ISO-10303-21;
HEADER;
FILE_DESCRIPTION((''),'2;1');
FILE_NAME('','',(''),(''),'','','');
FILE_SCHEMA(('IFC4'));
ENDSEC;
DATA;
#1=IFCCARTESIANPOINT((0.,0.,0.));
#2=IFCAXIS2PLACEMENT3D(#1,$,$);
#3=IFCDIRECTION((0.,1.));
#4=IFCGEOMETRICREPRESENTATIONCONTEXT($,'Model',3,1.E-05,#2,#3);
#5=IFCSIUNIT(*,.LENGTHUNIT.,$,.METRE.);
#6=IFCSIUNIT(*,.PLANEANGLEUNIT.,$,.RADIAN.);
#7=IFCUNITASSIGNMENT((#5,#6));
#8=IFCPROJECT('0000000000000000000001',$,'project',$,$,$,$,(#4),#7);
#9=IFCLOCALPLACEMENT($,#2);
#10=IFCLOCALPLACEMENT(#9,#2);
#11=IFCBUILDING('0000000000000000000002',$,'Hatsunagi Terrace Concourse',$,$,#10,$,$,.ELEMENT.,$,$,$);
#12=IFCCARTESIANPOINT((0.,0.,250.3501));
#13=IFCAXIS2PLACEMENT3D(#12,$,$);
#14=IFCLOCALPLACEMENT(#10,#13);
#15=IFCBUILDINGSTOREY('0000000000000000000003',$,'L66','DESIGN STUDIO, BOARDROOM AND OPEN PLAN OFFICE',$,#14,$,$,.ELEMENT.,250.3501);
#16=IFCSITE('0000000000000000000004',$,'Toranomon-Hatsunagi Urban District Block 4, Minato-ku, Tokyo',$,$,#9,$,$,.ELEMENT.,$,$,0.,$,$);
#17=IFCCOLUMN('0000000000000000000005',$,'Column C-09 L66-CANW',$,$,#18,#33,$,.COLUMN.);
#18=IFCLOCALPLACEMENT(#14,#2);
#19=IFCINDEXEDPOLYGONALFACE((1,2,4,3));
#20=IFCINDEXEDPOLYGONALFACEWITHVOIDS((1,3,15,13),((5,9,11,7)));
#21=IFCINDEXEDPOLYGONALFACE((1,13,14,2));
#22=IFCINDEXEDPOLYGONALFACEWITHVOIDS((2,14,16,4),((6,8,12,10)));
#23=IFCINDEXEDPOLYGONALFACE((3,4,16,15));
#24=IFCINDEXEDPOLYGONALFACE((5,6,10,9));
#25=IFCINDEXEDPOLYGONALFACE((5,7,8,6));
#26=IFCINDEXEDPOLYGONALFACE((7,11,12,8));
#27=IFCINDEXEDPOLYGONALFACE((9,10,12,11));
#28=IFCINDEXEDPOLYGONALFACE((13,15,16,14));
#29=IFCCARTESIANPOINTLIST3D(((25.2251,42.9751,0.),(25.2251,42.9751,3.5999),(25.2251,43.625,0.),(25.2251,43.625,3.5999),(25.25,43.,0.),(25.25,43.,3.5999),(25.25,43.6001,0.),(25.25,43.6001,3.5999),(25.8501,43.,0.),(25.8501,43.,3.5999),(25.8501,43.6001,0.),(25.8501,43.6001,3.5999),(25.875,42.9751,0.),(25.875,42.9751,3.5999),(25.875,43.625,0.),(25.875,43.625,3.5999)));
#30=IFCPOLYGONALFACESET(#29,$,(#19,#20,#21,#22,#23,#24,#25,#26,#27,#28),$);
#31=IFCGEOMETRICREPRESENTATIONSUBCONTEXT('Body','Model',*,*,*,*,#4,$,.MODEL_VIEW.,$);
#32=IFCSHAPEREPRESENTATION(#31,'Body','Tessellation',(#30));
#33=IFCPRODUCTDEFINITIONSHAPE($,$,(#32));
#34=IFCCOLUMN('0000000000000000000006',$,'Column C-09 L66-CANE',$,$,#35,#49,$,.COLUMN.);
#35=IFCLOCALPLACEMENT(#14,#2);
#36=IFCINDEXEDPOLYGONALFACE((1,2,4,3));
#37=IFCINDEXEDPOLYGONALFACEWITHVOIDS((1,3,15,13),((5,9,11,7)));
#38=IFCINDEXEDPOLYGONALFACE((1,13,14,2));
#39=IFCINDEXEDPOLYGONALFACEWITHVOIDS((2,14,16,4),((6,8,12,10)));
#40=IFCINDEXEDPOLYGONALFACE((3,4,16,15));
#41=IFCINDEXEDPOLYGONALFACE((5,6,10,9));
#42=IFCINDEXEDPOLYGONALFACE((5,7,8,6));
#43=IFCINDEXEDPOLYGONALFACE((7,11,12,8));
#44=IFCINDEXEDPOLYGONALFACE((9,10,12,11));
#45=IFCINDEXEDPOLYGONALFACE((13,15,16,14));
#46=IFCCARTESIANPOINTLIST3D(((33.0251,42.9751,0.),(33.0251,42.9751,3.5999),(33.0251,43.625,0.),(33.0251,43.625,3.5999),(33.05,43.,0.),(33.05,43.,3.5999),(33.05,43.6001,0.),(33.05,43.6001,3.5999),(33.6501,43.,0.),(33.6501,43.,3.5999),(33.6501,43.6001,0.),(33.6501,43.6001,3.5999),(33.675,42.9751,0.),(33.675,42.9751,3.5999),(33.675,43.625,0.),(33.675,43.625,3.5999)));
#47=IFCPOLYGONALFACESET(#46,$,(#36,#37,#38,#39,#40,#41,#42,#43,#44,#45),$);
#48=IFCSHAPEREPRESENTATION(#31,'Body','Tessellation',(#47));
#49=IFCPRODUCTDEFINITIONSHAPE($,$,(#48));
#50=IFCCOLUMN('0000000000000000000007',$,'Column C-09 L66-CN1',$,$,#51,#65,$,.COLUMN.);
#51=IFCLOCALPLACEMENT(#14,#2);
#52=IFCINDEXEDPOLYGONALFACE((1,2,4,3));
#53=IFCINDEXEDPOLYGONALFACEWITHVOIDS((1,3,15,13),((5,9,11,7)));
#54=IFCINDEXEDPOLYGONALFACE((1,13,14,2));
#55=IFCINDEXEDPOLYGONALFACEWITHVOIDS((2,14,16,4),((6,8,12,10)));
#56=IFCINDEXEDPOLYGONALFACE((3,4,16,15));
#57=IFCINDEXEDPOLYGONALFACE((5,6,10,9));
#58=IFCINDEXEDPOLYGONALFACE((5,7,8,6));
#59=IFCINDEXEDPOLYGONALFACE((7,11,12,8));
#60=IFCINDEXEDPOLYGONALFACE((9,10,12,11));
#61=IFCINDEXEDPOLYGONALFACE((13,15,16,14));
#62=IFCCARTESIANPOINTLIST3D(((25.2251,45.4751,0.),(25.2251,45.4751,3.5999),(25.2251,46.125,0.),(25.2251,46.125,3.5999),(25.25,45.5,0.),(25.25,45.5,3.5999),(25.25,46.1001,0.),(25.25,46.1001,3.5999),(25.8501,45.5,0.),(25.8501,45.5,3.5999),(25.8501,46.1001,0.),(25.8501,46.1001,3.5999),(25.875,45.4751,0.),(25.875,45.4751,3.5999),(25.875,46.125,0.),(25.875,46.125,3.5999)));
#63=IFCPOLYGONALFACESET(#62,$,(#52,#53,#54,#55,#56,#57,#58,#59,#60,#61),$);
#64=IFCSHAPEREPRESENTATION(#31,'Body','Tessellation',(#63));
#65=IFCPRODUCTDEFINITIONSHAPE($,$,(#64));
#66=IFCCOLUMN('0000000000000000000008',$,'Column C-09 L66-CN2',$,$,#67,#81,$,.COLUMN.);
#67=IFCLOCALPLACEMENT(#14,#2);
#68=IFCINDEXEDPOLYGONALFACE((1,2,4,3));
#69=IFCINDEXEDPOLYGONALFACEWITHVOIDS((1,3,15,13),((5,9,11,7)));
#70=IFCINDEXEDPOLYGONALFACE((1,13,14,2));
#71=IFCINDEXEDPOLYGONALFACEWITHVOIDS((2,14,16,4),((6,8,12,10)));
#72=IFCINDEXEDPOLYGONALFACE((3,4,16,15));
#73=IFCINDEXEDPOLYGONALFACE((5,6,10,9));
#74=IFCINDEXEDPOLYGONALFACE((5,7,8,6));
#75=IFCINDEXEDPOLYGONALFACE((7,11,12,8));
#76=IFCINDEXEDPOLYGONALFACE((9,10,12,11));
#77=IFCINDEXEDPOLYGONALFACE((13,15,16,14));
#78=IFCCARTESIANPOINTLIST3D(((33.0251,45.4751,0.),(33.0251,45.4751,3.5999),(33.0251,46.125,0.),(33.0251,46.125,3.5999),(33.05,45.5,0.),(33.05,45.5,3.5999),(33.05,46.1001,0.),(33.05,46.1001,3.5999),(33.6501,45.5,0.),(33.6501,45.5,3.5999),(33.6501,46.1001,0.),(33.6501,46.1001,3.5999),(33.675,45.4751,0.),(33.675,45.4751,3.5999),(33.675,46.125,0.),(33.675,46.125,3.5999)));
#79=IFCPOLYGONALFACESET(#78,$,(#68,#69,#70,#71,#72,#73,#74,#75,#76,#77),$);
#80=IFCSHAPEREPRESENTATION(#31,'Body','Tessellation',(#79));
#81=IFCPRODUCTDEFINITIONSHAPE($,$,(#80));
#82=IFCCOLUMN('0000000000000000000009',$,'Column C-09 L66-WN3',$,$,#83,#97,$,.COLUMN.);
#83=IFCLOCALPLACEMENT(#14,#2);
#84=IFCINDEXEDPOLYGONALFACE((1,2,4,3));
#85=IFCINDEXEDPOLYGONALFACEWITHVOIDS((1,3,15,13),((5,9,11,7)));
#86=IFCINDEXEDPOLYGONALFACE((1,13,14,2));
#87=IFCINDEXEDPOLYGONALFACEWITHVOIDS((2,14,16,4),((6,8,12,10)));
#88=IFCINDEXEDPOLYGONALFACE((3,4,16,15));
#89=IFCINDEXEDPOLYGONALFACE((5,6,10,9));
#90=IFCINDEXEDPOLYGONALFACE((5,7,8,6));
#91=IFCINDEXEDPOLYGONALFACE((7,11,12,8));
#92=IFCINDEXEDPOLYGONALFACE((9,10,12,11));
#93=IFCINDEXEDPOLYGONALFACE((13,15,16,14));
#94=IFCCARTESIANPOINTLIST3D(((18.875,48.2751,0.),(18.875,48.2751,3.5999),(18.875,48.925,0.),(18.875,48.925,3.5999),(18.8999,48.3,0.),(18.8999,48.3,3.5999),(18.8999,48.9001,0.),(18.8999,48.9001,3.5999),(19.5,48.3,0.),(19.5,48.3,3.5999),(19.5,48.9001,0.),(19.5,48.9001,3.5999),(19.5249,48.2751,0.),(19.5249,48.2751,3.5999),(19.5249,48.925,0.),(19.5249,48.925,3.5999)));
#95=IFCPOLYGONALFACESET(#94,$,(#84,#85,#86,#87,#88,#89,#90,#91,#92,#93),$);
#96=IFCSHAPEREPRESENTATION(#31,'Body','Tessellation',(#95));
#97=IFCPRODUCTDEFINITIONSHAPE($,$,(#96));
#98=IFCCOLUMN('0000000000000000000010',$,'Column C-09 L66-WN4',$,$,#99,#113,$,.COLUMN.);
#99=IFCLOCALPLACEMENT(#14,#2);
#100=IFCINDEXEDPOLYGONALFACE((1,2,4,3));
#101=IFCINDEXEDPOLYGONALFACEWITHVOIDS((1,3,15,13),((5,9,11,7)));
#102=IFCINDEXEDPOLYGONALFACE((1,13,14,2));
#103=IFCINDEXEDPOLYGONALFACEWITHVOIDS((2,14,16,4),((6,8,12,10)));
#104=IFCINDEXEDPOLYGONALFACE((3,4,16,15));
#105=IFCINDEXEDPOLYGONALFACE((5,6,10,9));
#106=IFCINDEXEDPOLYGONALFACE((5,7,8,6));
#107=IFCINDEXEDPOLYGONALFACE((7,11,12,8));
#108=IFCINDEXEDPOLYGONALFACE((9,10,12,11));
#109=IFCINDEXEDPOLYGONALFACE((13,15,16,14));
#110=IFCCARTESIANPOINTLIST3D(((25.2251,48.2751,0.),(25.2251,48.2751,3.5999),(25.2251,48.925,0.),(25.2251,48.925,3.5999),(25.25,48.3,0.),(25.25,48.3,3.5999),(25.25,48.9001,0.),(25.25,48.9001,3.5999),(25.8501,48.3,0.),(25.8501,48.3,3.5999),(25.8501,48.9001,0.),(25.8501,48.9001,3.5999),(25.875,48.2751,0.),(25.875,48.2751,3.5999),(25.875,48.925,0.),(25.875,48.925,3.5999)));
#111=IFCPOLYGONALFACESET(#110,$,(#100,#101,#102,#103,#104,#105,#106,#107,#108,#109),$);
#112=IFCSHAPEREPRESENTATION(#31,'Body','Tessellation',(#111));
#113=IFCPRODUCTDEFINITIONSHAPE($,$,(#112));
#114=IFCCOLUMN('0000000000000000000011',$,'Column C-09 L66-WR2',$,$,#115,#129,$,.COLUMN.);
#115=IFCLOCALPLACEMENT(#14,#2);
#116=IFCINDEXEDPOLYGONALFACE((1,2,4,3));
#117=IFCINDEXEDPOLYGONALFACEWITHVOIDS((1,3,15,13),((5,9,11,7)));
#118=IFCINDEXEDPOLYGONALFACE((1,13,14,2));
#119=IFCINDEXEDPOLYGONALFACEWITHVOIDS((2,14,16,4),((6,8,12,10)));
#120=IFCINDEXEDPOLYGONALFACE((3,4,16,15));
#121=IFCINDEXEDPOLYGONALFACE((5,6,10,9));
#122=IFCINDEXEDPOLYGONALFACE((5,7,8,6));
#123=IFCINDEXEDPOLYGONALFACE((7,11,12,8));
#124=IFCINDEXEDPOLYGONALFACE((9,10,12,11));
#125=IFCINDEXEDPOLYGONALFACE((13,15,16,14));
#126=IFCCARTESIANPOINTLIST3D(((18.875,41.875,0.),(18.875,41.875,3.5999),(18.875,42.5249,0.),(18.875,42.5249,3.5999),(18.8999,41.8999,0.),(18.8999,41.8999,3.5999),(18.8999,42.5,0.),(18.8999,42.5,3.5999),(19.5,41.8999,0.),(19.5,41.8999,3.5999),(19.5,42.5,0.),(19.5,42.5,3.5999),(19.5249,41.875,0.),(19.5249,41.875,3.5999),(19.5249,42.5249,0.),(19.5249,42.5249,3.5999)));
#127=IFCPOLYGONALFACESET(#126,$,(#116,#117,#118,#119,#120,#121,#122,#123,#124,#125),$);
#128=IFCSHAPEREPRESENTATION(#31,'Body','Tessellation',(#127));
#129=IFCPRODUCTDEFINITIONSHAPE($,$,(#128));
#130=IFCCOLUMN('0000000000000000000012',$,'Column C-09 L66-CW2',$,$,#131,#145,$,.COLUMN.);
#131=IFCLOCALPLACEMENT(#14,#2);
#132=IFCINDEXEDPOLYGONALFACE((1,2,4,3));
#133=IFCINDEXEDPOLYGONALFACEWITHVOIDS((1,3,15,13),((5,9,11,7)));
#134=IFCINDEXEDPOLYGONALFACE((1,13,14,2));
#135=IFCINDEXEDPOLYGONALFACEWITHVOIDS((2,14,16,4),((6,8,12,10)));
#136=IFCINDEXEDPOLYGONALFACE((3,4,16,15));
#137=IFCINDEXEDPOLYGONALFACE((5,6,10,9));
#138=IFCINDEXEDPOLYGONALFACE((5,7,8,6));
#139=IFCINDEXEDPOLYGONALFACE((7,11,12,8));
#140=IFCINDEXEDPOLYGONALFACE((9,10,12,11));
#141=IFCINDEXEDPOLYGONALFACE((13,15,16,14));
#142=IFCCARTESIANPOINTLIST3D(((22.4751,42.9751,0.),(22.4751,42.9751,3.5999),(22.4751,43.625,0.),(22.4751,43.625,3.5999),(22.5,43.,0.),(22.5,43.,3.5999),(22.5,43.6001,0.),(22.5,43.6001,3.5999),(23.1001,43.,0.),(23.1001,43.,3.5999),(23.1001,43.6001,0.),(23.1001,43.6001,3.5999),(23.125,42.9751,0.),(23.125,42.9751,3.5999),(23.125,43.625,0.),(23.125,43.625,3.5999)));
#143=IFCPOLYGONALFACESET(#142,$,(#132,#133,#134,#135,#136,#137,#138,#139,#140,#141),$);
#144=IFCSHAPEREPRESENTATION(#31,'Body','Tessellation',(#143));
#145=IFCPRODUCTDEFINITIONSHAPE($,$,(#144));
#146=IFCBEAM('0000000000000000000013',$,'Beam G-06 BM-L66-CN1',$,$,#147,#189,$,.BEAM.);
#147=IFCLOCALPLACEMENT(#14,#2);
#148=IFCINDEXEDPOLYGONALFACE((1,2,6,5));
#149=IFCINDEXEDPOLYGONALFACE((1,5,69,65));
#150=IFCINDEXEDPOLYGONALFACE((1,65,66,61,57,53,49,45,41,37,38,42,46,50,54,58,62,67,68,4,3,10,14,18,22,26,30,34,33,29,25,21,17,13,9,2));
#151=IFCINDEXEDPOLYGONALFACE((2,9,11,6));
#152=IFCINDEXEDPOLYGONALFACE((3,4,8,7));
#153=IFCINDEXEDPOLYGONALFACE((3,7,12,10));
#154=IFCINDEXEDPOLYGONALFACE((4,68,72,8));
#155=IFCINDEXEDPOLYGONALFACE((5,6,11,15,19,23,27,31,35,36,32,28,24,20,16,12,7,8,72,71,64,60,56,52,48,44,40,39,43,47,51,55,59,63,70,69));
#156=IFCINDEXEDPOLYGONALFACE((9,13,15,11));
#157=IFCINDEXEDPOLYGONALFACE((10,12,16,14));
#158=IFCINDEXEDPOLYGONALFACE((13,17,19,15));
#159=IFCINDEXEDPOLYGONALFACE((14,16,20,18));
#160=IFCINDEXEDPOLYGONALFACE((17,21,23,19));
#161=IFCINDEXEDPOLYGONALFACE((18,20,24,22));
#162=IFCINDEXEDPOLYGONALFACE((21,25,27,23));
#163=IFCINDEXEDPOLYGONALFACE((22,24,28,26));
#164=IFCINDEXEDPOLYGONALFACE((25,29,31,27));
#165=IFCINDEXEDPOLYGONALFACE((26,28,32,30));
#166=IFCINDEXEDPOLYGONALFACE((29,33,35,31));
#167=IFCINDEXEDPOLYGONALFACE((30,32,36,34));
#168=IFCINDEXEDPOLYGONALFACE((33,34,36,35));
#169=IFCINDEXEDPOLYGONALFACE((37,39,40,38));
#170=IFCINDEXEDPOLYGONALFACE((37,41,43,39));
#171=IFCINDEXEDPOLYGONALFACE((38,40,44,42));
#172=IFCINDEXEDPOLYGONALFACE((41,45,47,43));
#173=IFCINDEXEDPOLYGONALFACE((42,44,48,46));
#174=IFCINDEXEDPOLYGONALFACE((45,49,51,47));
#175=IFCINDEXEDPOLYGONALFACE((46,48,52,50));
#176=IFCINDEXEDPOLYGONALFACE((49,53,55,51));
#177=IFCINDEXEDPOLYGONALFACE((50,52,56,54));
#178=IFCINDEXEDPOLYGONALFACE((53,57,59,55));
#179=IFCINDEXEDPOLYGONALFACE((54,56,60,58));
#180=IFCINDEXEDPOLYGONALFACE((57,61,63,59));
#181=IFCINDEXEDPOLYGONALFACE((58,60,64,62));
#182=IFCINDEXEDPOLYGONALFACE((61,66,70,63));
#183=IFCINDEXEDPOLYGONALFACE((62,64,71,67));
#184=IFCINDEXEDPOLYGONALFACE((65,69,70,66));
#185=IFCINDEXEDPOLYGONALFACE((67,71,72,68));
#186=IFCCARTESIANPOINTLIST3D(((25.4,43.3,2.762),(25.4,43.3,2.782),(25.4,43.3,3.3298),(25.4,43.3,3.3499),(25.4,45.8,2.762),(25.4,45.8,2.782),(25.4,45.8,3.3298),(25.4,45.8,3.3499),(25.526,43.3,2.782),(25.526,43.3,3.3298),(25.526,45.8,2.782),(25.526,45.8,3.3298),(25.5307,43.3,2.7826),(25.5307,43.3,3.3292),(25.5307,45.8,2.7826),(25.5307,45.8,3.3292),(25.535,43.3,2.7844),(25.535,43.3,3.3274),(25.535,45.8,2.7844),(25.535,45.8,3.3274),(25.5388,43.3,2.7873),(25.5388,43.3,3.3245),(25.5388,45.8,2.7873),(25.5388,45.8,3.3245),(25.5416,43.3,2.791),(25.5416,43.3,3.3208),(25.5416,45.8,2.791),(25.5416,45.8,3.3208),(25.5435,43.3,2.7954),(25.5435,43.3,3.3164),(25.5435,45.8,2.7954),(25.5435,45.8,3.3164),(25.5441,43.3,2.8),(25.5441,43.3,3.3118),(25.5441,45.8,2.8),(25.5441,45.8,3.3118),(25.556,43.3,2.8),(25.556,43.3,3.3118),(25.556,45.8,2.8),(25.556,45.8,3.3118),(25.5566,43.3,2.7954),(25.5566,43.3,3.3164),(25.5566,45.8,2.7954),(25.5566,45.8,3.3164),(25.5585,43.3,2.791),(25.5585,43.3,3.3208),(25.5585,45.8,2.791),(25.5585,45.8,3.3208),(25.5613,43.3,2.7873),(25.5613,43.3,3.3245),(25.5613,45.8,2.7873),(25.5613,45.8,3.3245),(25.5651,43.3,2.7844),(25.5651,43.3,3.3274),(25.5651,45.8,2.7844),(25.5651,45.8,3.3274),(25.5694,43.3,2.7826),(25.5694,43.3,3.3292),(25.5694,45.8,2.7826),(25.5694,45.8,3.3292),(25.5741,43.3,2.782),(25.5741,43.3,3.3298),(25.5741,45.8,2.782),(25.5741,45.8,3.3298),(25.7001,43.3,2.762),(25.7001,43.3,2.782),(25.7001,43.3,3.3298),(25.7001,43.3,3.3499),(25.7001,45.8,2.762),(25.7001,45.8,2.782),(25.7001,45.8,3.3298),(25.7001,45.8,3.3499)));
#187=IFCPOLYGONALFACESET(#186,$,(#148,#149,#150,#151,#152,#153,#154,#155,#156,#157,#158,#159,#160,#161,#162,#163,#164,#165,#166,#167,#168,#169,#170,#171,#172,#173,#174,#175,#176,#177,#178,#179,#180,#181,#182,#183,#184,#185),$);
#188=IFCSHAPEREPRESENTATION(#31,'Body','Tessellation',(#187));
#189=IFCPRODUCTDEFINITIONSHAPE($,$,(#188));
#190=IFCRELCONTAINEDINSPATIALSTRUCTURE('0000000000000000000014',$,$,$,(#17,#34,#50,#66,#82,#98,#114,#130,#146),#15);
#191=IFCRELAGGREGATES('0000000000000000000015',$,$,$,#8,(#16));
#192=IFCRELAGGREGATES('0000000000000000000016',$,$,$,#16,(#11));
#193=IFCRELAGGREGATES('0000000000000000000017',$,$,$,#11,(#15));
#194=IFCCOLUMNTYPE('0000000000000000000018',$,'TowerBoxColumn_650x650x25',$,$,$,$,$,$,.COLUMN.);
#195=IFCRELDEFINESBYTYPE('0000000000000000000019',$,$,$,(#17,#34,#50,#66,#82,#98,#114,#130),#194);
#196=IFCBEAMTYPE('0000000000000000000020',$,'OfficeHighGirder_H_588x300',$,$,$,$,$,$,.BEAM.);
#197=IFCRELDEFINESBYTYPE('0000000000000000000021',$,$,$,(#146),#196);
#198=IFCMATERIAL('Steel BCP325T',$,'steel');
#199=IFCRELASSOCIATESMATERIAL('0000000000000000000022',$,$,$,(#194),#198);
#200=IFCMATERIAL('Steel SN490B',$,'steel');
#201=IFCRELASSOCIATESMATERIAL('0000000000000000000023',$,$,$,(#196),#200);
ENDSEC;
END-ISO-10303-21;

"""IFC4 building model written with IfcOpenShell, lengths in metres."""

from ifc_helpers import new_model, si_unit, direction, frame, origin, origin_2d, place, context, subcontext, project, spatial, hollow_rectangle, i_section, extrude, material, material_profile, profile_set, type_object, element, save


model = new_model("IFC4")

# Units and contexts
model_context = context("Model", 3, precision=1e-05, world=origin(), true_north=direction((0.0, 1.0)))
body_context = subcontext(model_context, "Body", "Model", "MODEL_VIEW")
ifc_project = project(units=[si_unit("LENGTHUNIT", "METRE"), si_unit("PLANEANGLEUNIT", "RADIAN")], contexts=[model_context])

# Site, building, storey
site_placement = place(None, origin())
site = spatial("IfcSite", under=ifc_project, at=site_placement, Name="Toranomon-Hatsunagi Urban District Block 4, Minato-ku, Tokyo", CompositionType="ELEMENT", RefElevation=0.0)
building_placement = place(site_placement, origin())
building = spatial("IfcBuilding", under=site, at=building_placement, Name="Hatsunagi Terrace Concourse", CompositionType="ELEMENT")
storey_placement = place(building_placement, frame((0.0, 0.0, 250.3501)))
storey = spatial("IfcBuildingStorey", under=building, at=storey_placement, Name="L66", Description="DESIGN STUDIO, BOARDROOM AND OPEN PLAN OFFICE", CompositionType="ELEMENT", Elevation=250.3501)

# Columns
ifc_material_1 = material(Name="Steel BCP325T", Category="steel")
ifc_material_profile_1 = material_profile(ifc_material_1, hollow_rectangle(XDim=0.6499, YDim=0.6499, WallThickness=0.0249, at=origin_2d()), Name="BCP-650x650x25")
ifc_profile_set_1 = profile_set([ifc_material_profile_1], Name="Steel BCP325T")
column_type = type_object("IfcColumnType", Name="TowerBoxColumn_650x650x25", PredefinedType="COLUMN", material=ifc_profile_set_1)
for number, where, z_axis, x_axis, name in (
    (1, (25.55, 43.3, 0.0), (0.0, 0.0, 1.0), (1.0, 0.0, 0.0), "Column C-09 L66-CANW"),
    (2, (33.3501, 43.3, 0.0), (0.0, 0.0, 1.0), (1.0, 0.0, 0.0), "Column C-09 L66-CANE"),
    (3, (25.55, 45.8, 0.0), (0.0, 0.0, 1.0), (1.0, 0.0, 0.0), "Column C-09 L66-CN1"),
    (4, (33.3501, 45.8, 0.0), (0.0, 0.0, 1.0), (1.0, 0.0, 0.0), "Column C-09 L66-CN2"),
    (5, (19.2, 48.6001, 0.0), (0.0, 0.0, 1.0), (1.0, 0.0, 0.0), "Column C-09 L66-WN3"),
    (6, (25.55, 48.6001, 0.0), (0.0, 0.0, 1.0), (1.0, 0.0, 0.0), "Column C-09 L66-WN4"),
    (7, (19.2, 42.2, 0.0), (0.0, 0.0, 1.0), (1.0, 0.0, 0.0), "Column C-09 L66-WR2"),
    (8, (22.8, 43.3, 0.0), (0.0, 0.0, 1.0), (1.0, 0.0, 0.0), "Column C-09 L66-CW2"),
):
    element("IfcColumn", number, at=place(storey_placement, frame(where, z_axis=z_axis, x_axis=x_axis)), inside=storey, type_object=column_type, Name=name, PredefinedType="COLUMN", context=body_context, shape_type="SweptSolid", body=[
        extrude(hollow_rectangle(XDim=0.6499, YDim=0.6499, WallThickness=0.0249, at=origin_2d()), origin(), (0.0, 0.0, 1.0), 3.5999),
    ])

# Beam
ifc_material_2 = material(Name="Steel SN490B", Category="steel")
ifc_material_profile_2 = material_profile(ifc_material_2, i_section(OverallWidth=0.3, OverallDepth=0.5879, WebThickness=0.012, FlangeThickness=0.02, FilletRadius=0.0181, at=origin_2d()), Name="H-588x300x12x20")
ifc_profile_set_2 = profile_set([ifc_material_profile_2], Name="Steel SN490B")
beam_type_1 = type_object("IfcBeamType", Name="OfficeHighGirder_H_588x300", PredefinedType="BEAM", material=ifc_profile_set_2)
beam_1_placement = place(storey_placement, frame((25.55, 43.3, 3.0559), z_axis=(0.0, 1.0, 0.0), x_axis=(-1.0, 0.0, 0.0)))
element("IfcBeam", 9, at=beam_1_placement, inside=storey, type_object=beam_type_1, Name="Beam G-06 BM-L66-CN1", PredefinedType="BEAM", context=body_context, shape_type="SweptSolid", body=[
    extrude(i_section(OverallWidth=0.3, OverallDepth=0.5879, WebThickness=0.012, FlangeThickness=0.02, FilletRadius=0.0181, at=origin_2d()), origin(), (0.0, 0.0, 1.0), 2.5),
])

save(model, "model.ifc")
